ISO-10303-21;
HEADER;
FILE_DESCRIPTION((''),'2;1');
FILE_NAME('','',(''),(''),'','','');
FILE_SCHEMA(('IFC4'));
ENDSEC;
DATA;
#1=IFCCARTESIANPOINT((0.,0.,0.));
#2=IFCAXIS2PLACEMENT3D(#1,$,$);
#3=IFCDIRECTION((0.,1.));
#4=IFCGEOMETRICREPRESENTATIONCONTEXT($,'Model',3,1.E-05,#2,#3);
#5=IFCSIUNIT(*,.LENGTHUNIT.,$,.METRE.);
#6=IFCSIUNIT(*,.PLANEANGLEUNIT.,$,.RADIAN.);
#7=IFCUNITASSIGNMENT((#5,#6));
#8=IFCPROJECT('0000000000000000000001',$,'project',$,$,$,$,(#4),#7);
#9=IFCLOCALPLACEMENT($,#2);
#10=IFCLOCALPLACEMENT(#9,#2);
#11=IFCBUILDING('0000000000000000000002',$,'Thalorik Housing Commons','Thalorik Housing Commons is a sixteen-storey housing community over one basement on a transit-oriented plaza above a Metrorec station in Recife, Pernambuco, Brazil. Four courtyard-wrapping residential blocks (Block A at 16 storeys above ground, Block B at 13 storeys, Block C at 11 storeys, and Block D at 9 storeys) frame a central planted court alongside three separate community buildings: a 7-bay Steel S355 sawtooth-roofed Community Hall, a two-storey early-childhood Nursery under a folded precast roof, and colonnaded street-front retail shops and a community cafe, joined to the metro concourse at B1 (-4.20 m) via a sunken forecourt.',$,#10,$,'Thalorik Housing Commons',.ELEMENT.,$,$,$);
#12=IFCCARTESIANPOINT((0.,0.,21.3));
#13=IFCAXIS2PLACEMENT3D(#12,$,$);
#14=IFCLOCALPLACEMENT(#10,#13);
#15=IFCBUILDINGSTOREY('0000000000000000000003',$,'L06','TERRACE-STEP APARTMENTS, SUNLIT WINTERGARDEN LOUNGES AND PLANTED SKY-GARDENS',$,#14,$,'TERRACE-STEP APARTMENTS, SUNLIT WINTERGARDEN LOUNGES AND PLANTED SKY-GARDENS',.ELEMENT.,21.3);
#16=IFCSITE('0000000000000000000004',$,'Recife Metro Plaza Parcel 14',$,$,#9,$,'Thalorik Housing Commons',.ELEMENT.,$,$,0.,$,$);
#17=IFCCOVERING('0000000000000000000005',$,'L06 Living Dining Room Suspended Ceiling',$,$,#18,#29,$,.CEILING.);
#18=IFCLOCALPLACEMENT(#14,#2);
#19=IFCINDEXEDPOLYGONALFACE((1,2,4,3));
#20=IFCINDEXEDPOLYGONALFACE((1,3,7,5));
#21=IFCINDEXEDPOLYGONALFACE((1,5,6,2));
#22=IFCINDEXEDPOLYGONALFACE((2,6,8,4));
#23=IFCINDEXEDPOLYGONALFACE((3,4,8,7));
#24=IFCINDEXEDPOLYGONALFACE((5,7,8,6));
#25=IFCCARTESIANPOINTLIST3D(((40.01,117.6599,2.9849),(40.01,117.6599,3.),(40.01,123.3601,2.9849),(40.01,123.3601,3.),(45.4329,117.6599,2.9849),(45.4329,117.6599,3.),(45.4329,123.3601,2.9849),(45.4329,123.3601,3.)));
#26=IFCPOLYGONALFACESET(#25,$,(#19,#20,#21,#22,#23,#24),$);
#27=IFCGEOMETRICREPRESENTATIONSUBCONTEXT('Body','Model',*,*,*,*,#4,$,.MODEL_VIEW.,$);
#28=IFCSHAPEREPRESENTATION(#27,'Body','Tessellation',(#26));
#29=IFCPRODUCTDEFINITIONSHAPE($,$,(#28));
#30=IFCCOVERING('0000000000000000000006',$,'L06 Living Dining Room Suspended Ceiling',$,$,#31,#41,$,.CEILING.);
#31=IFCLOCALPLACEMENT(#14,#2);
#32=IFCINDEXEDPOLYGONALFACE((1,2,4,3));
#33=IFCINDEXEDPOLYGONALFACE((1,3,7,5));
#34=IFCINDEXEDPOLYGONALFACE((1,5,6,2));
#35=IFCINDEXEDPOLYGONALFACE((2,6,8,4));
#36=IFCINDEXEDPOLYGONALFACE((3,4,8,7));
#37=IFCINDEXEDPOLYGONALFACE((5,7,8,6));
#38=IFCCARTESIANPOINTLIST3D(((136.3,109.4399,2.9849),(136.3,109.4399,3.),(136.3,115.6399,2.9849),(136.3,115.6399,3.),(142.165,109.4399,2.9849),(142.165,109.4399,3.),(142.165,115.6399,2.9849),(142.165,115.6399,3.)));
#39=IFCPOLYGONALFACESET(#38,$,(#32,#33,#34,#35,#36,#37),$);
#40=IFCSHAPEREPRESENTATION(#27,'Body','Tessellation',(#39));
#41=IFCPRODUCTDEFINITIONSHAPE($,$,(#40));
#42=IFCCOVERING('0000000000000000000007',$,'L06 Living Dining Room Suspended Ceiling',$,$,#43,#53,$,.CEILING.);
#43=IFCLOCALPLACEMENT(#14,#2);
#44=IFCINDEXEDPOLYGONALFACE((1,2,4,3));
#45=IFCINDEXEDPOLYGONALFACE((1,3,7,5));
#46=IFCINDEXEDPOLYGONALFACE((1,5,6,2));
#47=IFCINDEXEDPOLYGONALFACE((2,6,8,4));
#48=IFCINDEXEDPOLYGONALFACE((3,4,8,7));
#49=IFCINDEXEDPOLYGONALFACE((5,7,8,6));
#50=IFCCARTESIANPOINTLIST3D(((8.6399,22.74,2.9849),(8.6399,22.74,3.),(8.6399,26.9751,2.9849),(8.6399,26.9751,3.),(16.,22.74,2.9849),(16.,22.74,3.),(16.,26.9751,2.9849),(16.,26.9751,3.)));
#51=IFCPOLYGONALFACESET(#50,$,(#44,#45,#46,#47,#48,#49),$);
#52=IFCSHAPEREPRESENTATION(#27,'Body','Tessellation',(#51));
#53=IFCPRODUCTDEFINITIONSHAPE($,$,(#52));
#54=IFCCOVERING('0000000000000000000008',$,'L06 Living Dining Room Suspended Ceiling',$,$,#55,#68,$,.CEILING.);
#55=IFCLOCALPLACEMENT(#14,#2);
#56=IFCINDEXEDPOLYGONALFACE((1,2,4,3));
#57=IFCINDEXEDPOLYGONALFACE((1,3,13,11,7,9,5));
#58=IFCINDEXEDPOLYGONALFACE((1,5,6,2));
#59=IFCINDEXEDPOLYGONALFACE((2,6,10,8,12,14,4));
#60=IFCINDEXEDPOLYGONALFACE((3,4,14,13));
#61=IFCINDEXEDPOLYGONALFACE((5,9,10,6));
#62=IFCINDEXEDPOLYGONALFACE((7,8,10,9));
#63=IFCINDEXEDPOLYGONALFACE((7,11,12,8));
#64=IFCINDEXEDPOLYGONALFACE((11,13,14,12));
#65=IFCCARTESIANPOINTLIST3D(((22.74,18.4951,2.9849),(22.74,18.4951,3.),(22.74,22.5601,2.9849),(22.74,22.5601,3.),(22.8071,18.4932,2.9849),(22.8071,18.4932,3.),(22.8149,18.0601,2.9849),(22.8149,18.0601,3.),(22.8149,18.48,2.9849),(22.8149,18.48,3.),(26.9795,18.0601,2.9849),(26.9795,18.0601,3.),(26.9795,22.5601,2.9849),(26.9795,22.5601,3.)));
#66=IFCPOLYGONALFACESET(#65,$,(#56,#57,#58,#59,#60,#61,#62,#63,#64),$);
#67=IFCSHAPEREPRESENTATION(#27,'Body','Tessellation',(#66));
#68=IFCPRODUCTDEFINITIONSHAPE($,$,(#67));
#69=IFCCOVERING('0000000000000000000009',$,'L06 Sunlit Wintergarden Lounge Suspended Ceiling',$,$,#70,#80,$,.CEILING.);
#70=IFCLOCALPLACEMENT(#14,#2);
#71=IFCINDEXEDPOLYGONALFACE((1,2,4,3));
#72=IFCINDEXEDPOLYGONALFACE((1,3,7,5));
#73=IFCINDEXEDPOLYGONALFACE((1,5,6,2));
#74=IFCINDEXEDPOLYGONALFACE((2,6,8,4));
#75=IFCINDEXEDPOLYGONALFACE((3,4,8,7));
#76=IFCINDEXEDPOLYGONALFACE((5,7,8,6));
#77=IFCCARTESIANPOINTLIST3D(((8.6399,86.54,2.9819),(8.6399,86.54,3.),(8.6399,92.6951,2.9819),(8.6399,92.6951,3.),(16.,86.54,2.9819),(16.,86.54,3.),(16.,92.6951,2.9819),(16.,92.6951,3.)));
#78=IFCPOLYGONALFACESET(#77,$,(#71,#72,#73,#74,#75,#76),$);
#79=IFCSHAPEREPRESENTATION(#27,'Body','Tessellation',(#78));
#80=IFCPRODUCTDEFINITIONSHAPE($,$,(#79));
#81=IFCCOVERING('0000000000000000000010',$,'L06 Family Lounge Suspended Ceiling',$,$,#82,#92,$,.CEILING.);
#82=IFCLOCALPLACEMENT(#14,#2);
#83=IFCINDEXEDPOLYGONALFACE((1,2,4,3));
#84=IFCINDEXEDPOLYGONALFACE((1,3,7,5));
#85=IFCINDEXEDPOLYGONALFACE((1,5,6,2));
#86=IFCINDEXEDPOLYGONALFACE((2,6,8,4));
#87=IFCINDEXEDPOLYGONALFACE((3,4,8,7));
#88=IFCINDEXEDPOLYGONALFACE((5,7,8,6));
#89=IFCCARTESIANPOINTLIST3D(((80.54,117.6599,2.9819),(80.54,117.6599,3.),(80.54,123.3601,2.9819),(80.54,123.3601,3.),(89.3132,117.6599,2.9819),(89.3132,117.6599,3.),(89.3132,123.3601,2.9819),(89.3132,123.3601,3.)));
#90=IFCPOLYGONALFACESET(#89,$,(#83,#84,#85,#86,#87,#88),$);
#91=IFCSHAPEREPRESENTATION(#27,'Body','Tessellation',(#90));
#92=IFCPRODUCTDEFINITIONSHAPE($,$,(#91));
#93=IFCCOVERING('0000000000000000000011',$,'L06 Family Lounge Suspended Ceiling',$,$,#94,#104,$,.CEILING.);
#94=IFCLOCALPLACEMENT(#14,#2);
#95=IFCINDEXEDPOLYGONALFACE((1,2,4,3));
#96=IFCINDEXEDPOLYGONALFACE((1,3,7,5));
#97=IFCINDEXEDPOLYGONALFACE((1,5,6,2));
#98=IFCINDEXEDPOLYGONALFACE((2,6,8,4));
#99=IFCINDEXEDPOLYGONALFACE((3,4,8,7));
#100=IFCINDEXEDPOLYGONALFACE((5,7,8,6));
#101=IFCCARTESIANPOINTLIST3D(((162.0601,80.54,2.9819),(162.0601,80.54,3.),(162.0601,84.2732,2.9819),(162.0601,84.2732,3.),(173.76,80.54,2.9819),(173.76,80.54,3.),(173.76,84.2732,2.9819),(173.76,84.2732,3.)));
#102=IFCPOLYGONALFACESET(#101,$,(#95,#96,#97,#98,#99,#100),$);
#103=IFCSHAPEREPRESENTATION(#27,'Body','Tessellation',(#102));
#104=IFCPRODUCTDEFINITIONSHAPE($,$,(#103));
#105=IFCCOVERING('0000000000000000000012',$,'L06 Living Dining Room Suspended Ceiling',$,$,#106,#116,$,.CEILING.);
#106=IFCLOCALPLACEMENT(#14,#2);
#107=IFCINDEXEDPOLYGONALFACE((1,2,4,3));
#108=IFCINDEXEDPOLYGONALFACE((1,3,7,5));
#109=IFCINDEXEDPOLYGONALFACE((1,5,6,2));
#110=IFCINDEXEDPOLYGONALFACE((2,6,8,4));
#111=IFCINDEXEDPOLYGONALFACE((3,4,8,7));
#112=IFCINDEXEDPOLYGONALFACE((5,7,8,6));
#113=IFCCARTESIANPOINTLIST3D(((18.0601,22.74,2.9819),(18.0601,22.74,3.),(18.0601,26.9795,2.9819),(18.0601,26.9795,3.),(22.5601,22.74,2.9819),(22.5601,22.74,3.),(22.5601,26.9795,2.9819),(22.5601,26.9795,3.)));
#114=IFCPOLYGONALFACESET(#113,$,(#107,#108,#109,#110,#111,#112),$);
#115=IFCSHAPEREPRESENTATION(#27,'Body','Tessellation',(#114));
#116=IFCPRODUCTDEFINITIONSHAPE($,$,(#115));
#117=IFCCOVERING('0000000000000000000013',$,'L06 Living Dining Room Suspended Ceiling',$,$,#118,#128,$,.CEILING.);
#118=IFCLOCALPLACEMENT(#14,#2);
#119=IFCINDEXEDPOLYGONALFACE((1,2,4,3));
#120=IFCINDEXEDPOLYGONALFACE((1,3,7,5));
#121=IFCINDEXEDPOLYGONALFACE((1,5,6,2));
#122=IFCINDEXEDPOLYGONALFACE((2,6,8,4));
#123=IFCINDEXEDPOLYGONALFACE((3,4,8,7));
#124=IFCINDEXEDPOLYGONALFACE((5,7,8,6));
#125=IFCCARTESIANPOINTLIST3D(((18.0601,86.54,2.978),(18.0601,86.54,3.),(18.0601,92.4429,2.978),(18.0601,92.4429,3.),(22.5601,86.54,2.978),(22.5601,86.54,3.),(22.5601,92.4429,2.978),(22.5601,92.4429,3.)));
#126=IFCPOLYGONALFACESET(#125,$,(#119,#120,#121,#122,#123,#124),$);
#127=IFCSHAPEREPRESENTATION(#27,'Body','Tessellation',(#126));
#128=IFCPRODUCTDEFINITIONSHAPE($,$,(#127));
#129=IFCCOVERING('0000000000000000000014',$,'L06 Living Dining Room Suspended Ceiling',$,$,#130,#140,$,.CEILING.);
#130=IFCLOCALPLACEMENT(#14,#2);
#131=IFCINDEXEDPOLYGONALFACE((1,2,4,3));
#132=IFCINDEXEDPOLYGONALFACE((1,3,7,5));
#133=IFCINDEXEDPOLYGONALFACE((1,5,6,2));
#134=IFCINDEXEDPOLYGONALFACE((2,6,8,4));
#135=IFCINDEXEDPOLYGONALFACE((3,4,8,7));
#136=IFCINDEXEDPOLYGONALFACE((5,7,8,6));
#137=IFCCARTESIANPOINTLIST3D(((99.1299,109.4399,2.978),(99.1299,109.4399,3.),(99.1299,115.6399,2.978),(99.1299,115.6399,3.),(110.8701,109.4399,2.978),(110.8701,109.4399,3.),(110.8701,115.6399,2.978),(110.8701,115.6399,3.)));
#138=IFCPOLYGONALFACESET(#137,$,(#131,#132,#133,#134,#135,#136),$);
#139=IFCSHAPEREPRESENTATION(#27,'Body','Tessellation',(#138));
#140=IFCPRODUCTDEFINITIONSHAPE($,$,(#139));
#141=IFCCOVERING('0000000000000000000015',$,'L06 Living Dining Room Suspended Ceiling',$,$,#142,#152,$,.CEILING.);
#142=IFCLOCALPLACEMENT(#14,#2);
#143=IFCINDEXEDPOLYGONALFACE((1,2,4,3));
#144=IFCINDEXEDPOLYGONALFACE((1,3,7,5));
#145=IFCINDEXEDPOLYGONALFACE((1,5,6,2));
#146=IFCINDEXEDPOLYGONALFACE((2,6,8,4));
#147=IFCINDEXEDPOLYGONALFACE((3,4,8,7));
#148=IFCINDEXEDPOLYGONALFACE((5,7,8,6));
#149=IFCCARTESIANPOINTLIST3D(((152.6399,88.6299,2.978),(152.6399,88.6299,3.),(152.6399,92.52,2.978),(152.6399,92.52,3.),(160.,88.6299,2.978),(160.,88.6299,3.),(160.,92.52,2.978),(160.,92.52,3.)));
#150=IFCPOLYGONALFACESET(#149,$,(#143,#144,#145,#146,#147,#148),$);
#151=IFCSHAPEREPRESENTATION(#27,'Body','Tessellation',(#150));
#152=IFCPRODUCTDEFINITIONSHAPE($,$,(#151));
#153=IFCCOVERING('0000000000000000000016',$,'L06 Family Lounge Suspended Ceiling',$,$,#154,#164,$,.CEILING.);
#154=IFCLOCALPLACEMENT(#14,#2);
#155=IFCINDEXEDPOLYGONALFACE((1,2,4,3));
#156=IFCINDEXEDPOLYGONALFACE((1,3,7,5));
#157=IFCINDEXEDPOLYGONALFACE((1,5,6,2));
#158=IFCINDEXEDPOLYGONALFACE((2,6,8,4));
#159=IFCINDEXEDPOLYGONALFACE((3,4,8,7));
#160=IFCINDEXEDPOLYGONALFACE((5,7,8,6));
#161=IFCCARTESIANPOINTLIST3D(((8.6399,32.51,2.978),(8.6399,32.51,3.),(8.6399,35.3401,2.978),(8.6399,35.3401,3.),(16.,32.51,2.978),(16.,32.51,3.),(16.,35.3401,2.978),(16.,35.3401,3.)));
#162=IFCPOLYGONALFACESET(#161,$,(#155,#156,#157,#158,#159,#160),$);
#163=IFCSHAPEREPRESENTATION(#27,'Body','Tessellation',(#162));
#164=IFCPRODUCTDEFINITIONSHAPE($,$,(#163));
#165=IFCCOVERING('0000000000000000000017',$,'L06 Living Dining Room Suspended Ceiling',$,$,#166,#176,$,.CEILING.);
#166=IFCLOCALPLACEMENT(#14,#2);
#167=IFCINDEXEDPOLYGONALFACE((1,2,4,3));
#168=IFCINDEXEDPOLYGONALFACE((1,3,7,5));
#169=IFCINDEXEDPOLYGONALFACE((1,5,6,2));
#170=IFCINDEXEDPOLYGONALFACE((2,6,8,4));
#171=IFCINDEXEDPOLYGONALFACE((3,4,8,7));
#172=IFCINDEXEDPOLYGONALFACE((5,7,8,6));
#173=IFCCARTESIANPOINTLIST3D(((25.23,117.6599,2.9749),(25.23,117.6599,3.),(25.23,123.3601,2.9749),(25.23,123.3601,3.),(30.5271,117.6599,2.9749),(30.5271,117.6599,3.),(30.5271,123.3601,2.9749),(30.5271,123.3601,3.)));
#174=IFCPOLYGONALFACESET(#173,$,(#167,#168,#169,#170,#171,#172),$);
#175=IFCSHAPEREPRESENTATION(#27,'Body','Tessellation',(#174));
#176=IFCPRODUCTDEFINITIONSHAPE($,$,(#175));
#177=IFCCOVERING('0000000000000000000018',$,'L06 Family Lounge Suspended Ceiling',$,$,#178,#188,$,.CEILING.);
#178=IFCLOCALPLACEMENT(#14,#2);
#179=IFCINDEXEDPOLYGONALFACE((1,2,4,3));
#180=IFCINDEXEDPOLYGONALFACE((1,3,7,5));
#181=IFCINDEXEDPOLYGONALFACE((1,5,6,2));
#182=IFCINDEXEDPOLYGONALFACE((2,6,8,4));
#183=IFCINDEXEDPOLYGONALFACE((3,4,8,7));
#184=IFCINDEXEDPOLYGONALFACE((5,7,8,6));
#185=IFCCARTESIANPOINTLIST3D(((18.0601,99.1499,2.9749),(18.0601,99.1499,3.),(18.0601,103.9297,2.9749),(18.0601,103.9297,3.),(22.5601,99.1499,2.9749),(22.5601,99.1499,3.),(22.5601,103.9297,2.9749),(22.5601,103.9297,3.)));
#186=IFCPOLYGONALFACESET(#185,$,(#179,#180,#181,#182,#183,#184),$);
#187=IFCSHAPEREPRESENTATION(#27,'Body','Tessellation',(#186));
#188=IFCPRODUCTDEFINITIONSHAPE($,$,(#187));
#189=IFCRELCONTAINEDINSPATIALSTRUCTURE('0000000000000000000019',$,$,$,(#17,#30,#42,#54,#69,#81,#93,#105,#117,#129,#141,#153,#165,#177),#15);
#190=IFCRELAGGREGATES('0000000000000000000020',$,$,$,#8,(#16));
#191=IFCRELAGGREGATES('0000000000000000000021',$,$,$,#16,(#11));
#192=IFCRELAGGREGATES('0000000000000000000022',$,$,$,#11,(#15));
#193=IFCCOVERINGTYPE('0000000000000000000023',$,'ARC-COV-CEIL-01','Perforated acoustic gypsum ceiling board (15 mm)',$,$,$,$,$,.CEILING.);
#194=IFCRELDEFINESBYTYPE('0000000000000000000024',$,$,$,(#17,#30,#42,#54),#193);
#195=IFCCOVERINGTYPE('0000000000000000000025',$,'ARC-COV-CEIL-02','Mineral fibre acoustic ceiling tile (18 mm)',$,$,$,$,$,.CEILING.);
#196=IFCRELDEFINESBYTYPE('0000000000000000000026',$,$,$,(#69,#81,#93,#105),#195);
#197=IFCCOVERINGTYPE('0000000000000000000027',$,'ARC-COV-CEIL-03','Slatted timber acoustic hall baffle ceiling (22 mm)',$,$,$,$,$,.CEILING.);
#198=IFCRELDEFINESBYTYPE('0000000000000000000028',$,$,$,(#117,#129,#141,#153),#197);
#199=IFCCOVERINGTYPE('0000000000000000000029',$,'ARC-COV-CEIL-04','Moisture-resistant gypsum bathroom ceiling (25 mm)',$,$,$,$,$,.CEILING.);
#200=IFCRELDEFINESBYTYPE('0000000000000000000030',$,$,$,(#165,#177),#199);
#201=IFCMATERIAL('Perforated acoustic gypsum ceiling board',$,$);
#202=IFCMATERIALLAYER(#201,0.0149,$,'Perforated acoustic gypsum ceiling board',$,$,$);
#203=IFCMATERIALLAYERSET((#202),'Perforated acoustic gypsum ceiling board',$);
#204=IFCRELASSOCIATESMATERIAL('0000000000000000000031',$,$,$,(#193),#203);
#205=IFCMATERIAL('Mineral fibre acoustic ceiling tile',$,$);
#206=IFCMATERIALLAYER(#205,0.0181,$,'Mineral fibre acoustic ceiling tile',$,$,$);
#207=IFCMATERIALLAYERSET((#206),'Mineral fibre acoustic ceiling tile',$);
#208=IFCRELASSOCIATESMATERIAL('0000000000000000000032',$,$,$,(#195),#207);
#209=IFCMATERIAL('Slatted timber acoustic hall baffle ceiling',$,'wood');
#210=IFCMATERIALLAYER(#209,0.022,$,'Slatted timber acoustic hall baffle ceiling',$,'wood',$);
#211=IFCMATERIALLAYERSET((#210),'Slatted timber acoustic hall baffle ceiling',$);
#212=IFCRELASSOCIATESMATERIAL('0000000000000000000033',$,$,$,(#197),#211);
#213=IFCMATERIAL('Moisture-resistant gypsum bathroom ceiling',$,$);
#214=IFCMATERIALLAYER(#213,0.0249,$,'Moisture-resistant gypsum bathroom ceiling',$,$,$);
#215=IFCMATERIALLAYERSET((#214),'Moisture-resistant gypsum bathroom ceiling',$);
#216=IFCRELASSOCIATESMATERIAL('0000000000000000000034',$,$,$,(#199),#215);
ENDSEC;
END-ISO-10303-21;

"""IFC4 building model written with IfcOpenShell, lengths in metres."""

from ifc_helpers import new_model, si_unit, direction, frame, origin, place, context, subcontext, project, spatial, polyline, outline, extrude, material, layer, layer_set, type_object, element, save


model = new_model("IFC4")

# Units and contexts
model_context = context("Model", 3, precision=1e-05, world=origin(), true_north=direction((0.0, 1.0)))
body_context = subcontext(model_context, "Body", "Model", "MODEL_VIEW")
ifc_project = project(units=[si_unit("LENGTHUNIT", "METRE"), si_unit("PLANEANGLEUNIT", "RADIAN")], contexts=[model_context])

# Site, building, storey
site_placement = place(None, origin())
site = spatial("IfcSite", under=ifc_project, at=site_placement, Name="Recife Metro Plaza Parcel 14", LongName="Thalorik Housing Commons", CompositionType="ELEMENT", RefElevation=0.0)
building_placement = place(site_placement, origin())
building = spatial("IfcBuilding", under=site, at=building_placement, Name="Thalorik Housing Commons", Description="Thalorik Housing Commons is a sixteen-storey housing community over one basement on a transit-oriented plaza above a Metrorec station in Recife, Pernambuco, Brazil. Four courtyard-wrapping residential blocks (Block A at 16 storeys above ground, Block B at 13 storeys, Block C at 11 storeys, and Block D at 9 storeys) frame a central planted court alongside three separate community buildings: a 7-bay Steel S355 sawtooth-roofed Community Hall, a two-storey early-childhood Nursery under a folded precast roof, and colonnaded street-front retail shops and a community cafe, joined to the metro concourse at B1 (-4.20 m) via a sunken forecourt.", LongName="Thalorik Housing Commons", CompositionType="ELEMENT")
storey_placement = place(building_placement, frame((0.0, 0.0, 21.3)))
storey = spatial("IfcBuildingStorey", under=building, at=storey_placement, Name="L06", Description="TERRACE-STEP APARTMENTS, SUNLIT WINTERGARDEN LOUNGES AND PLANTED SKY-GARDENS", LongName="TERRACE-STEP APARTMENTS, SUNLIT WINTERGARDEN LOUNGES AND PLANTED SKY-GARDENS", CompositionType="ELEMENT", Elevation=21.3)

# Coverings
ifc_material_1 = material(Name="Perforated acoustic gypsum ceiling board")
ifc_layer_1 = layer(ifc_material_1, 0.0149, Name="Perforated acoustic gypsum ceiling board")
ifc_layer_set_1 = layer_set([ifc_layer_1], Name="Perforated acoustic gypsum ceiling board")
covering_type_1 = type_object("IfcCoveringType", Name="ARC-COV-CEIL-01", Description="Perforated acoustic gypsum ceiling board (15 mm)", PredefinedType="CEILING", material=ifc_layer_set_1)
covering_1_placement = place(storey_placement, frame((0.0, 0.0, 2.9849)))
element("IfcCovering", 1, at=covering_1_placement, inside=storey, type_object=covering_type_1, Name="L06 Living Dining Room Suspended Ceiling", PredefinedType="CEILING", context=body_context, shape_type="SweptSolid", body=[
    extrude(outline(polyline([(45.4329, 117.6599), (45.4329, 123.3601), (40.01, 123.3601), (40.01, 117.6599), (45.4329, 117.6599)])), origin(), (0.0, 0.0, 1.0), 0.0151),
])
covering_2_placement = place(storey_placement, frame((0.0, 0.0, 2.9849)))
element("IfcCovering", 2, at=covering_2_placement, inside=storey, type_object=covering_type_1, Name="L06 Living Dining Room Suspended Ceiling", PredefinedType="CEILING", context=body_context, shape_type="SweptSolid", body=[
    extrude(outline(polyline([(142.165, 109.4399), (142.165, 115.6399), (136.3, 115.6399), (136.3, 109.4399), (142.165, 109.4399)])), origin(), (0.0, 0.0, 1.0), 0.0151),
])
covering_3_placement = place(storey_placement, frame((0.0, 0.0, 2.9849)))
element("IfcCovering", 3, at=covering_3_placement, inside=storey, type_object=covering_type_1, Name="L06 Living Dining Room Suspended Ceiling", PredefinedType="CEILING", context=body_context, shape_type="SweptSolid", body=[
    extrude(outline(polyline([(16.0, 26.9751), (8.6399, 26.9751), (8.6399, 22.74), (16.0, 22.74), (16.0, 26.9751)])), origin(), (0.0, 0.0, 1.0), 0.0151),
])
covering_4_placement = place(storey_placement, frame((0.0, 0.0, 2.9849)))
element("IfcCovering", 4, at=covering_4_placement, inside=storey, type_object=covering_type_1, Name="L06 Living Dining Room Suspended Ceiling", PredefinedType="CEILING", context=body_context, shape_type="SweptSolid", body=[
    extrude(outline(polyline([(22.74, 18.4951), (22.8071, 18.4932), (22.8149, 18.48), (22.8149, 18.0601), (26.9795, 18.0601), (26.9795, 22.5601), (22.74, 22.5601), (22.74, 18.4951)])), origin(), (0.0, 0.0, 1.0), 0.0151),
])
ifc_material_2 = material(Name="Mineral fibre acoustic ceiling tile")
ifc_layer_2 = layer(ifc_material_2, 0.0181, Name="Mineral fibre acoustic ceiling tile")
ifc_layer_set_2 = layer_set([ifc_layer_2], Name="Mineral fibre acoustic ceiling tile")
covering_type_2 = type_object("IfcCoveringType", Name="ARC-COV-CEIL-02", Description="Mineral fibre acoustic ceiling tile (18 mm)", PredefinedType="CEILING", material=ifc_layer_set_2)
covering_5_placement = place(storey_placement, frame((0.0, 0.0, 2.9819)))
element("IfcCovering", 5, at=covering_5_placement, inside=storey, type_object=covering_type_2, Name="L06 Sunlit Wintergarden Lounge Suspended Ceiling", PredefinedType="CEILING", context=body_context, shape_type="SweptSolid", body=[
    extrude(outline(polyline([(16.0, 92.6951), (8.6399, 92.6951), (8.6399, 86.54), (16.0, 86.54), (16.0, 92.6951)])), origin(), (0.0, 0.0, 1.0), 0.0181),
])
covering_6_placement = place(storey_placement, frame((0.0, 0.0, 2.9819)))
element("IfcCovering", 6, at=covering_6_placement, inside=storey, type_object=covering_type_2, Name="L06 Family Lounge Suspended Ceiling", PredefinedType="CEILING", context=body_context, shape_type="SweptSolid", body=[
    extrude(outline(polyline([(89.3132, 117.6599), (89.3132, 123.3601), (80.54, 123.3601), (80.54, 117.6599), (89.3132, 117.6599)])), origin(), (0.0, 0.0, 1.0), 0.0181),
])
covering_7_placement = place(storey_placement, frame((0.0, 0.0, 2.9819)))
element("IfcCovering", 7, at=covering_7_placement, inside=storey, type_object=covering_type_2, Name="L06 Family Lounge Suspended Ceiling", PredefinedType="CEILING", context=body_context, shape_type="SweptSolid", body=[
    extrude(outline(polyline([(173.76, 84.2732), (162.0601, 84.2732), (162.0601, 80.54), (173.76, 80.54), (173.76, 84.2732)])), origin(), (0.0, 0.0, 1.0), 0.0181),
])
covering_8_placement = place(storey_placement, frame((0.0, 0.0, 2.9819)))
element("IfcCovering", 8, at=covering_8_placement, inside=storey, type_object=covering_type_2, Name="L06 Living Dining Room Suspended Ceiling", PredefinedType="CEILING", context=body_context, shape_type="SweptSolid", body=[
    extrude(outline(polyline([(22.5601, 26.9795), (18.0601, 26.9795), (18.0601, 22.74), (22.5601, 22.74), (22.5601, 26.9795)])), origin(), (0.0, 0.0, 1.0), 0.0181),
])
ifc_material_3 = material(Name="Slatted timber acoustic hall baffle ceiling", Category="wood")
ifc_layer_3 = layer(ifc_material_3, 0.022, Name="Slatted timber acoustic hall baffle ceiling", Category="wood")
ifc_layer_set_3 = layer_set([ifc_layer_3], Name="Slatted timber acoustic hall baffle ceiling")
covering_type_3 = type_object("IfcCoveringType", Name="ARC-COV-CEIL-03", Description="Slatted timber acoustic hall baffle ceiling (22 mm)", PredefinedType="CEILING", material=ifc_layer_set_3)
covering_9_placement = place(storey_placement, frame((0.0, 0.0, 2.978)))
element("IfcCovering", 9, at=covering_9_placement, inside=storey, type_object=covering_type_3, Name="L06 Living Dining Room Suspended Ceiling", PredefinedType="CEILING", context=body_context, shape_type="SweptSolid", body=[
    extrude(outline(polyline([(22.5601, 92.4429), (18.0601, 92.4429), (18.0601, 86.54), (22.5601, 86.54), (22.5601, 92.4429)])), origin(), (0.0, 0.0, 1.0), 0.022),
])
covering_10_placement = place(storey_placement, frame((0.0, 0.0, 2.978)))
element("IfcCovering", 10, at=covering_10_placement, inside=storey, type_object=covering_type_3, Name="L06 Living Dining Room Suspended Ceiling", PredefinedType="CEILING", context=body_context, shape_type="SweptSolid", body=[
    extrude(outline(polyline([(110.8701, 109.4399), (110.8701, 115.6399), (99.1299, 115.6399), (99.1299, 109.4399), (110.8701, 109.4399)])), origin(), (0.0, 0.0, 1.0), 0.022),
])
covering_11_placement = place(storey_placement, frame((0.0, 0.0, 2.978)))
element("IfcCovering", 11, at=covering_11_placement, inside=storey, type_object=covering_type_3, Name="L06 Living Dining Room Suspended Ceiling", PredefinedType="CEILING", context=body_context, shape_type="SweptSolid", body=[
    extrude(outline(polyline([(160.0, 92.52), (152.6399, 92.52), (152.6399, 88.6299), (160.0, 88.6299), (160.0, 92.52)])), origin(), (0.0, 0.0, 1.0), 0.022),
])
covering_12_placement = place(storey_placement, frame((0.0, 0.0, 2.978)))
element("IfcCovering", 12, at=covering_12_placement, inside=storey, type_object=covering_type_3, Name="L06 Family Lounge Suspended Ceiling", PredefinedType="CEILING", context=body_context, shape_type="SweptSolid", body=[
    extrude(outline(polyline([(16.0, 35.3401), (8.6399, 35.3401), (8.6399, 32.51), (16.0, 32.51), (16.0, 35.3401)])), origin(), (0.0, 0.0, 1.0), 0.022),
])
ifc_material_4 = material(Name="Moisture-resistant gypsum bathroom ceiling")
ifc_layer_4 = layer(ifc_material_4, 0.0249, Name="Moisture-resistant gypsum bathroom ceiling")
ifc_layer_set_4 = layer_set([ifc_layer_4], Name="Moisture-resistant gypsum bathroom ceiling")
covering_type_4 = type_object("IfcCoveringType", Name="ARC-COV-CEIL-04", Description="Moisture-resistant gypsum bathroom ceiling (25 mm)", PredefinedType="CEILING", material=ifc_layer_set_4)
covering_13_placement = place(storey_placement, frame((0.0, 0.0, 2.9749)))
element("IfcCovering", 13, at=covering_13_placement, inside=storey, type_object=covering_type_4, Name="L06 Living Dining Room Suspended Ceiling", PredefinedType="CEILING", context=body_context, shape_type="SweptSolid", body=[
    extrude(outline(polyline([(30.5271, 117.6599), (30.5271, 123.3601), (25.23, 123.3601), (25.23, 117.6599), (30.5271, 117.6599)])), origin(), (0.0, 0.0, 1.0), 0.0251),
])
covering_14_placement = place(storey_placement, frame((0.0, 0.0, 2.9749)))
element("IfcCovering", 14, at=covering_14_placement, inside=storey, type_object=covering_type_4, Name="L06 Family Lounge Suspended Ceiling", PredefinedType="CEILING", context=body_context, shape_type="SweptSolid", body=[
    extrude(outline(polyline([(22.5601, 103.9297), (18.0601, 103.9297), (18.0601, 99.1499), (22.5601, 99.1499), (22.5601, 103.9297)])), origin(), (0.0, 0.0, 1.0), 0.0251),
])

save(model, "model.ifc")
